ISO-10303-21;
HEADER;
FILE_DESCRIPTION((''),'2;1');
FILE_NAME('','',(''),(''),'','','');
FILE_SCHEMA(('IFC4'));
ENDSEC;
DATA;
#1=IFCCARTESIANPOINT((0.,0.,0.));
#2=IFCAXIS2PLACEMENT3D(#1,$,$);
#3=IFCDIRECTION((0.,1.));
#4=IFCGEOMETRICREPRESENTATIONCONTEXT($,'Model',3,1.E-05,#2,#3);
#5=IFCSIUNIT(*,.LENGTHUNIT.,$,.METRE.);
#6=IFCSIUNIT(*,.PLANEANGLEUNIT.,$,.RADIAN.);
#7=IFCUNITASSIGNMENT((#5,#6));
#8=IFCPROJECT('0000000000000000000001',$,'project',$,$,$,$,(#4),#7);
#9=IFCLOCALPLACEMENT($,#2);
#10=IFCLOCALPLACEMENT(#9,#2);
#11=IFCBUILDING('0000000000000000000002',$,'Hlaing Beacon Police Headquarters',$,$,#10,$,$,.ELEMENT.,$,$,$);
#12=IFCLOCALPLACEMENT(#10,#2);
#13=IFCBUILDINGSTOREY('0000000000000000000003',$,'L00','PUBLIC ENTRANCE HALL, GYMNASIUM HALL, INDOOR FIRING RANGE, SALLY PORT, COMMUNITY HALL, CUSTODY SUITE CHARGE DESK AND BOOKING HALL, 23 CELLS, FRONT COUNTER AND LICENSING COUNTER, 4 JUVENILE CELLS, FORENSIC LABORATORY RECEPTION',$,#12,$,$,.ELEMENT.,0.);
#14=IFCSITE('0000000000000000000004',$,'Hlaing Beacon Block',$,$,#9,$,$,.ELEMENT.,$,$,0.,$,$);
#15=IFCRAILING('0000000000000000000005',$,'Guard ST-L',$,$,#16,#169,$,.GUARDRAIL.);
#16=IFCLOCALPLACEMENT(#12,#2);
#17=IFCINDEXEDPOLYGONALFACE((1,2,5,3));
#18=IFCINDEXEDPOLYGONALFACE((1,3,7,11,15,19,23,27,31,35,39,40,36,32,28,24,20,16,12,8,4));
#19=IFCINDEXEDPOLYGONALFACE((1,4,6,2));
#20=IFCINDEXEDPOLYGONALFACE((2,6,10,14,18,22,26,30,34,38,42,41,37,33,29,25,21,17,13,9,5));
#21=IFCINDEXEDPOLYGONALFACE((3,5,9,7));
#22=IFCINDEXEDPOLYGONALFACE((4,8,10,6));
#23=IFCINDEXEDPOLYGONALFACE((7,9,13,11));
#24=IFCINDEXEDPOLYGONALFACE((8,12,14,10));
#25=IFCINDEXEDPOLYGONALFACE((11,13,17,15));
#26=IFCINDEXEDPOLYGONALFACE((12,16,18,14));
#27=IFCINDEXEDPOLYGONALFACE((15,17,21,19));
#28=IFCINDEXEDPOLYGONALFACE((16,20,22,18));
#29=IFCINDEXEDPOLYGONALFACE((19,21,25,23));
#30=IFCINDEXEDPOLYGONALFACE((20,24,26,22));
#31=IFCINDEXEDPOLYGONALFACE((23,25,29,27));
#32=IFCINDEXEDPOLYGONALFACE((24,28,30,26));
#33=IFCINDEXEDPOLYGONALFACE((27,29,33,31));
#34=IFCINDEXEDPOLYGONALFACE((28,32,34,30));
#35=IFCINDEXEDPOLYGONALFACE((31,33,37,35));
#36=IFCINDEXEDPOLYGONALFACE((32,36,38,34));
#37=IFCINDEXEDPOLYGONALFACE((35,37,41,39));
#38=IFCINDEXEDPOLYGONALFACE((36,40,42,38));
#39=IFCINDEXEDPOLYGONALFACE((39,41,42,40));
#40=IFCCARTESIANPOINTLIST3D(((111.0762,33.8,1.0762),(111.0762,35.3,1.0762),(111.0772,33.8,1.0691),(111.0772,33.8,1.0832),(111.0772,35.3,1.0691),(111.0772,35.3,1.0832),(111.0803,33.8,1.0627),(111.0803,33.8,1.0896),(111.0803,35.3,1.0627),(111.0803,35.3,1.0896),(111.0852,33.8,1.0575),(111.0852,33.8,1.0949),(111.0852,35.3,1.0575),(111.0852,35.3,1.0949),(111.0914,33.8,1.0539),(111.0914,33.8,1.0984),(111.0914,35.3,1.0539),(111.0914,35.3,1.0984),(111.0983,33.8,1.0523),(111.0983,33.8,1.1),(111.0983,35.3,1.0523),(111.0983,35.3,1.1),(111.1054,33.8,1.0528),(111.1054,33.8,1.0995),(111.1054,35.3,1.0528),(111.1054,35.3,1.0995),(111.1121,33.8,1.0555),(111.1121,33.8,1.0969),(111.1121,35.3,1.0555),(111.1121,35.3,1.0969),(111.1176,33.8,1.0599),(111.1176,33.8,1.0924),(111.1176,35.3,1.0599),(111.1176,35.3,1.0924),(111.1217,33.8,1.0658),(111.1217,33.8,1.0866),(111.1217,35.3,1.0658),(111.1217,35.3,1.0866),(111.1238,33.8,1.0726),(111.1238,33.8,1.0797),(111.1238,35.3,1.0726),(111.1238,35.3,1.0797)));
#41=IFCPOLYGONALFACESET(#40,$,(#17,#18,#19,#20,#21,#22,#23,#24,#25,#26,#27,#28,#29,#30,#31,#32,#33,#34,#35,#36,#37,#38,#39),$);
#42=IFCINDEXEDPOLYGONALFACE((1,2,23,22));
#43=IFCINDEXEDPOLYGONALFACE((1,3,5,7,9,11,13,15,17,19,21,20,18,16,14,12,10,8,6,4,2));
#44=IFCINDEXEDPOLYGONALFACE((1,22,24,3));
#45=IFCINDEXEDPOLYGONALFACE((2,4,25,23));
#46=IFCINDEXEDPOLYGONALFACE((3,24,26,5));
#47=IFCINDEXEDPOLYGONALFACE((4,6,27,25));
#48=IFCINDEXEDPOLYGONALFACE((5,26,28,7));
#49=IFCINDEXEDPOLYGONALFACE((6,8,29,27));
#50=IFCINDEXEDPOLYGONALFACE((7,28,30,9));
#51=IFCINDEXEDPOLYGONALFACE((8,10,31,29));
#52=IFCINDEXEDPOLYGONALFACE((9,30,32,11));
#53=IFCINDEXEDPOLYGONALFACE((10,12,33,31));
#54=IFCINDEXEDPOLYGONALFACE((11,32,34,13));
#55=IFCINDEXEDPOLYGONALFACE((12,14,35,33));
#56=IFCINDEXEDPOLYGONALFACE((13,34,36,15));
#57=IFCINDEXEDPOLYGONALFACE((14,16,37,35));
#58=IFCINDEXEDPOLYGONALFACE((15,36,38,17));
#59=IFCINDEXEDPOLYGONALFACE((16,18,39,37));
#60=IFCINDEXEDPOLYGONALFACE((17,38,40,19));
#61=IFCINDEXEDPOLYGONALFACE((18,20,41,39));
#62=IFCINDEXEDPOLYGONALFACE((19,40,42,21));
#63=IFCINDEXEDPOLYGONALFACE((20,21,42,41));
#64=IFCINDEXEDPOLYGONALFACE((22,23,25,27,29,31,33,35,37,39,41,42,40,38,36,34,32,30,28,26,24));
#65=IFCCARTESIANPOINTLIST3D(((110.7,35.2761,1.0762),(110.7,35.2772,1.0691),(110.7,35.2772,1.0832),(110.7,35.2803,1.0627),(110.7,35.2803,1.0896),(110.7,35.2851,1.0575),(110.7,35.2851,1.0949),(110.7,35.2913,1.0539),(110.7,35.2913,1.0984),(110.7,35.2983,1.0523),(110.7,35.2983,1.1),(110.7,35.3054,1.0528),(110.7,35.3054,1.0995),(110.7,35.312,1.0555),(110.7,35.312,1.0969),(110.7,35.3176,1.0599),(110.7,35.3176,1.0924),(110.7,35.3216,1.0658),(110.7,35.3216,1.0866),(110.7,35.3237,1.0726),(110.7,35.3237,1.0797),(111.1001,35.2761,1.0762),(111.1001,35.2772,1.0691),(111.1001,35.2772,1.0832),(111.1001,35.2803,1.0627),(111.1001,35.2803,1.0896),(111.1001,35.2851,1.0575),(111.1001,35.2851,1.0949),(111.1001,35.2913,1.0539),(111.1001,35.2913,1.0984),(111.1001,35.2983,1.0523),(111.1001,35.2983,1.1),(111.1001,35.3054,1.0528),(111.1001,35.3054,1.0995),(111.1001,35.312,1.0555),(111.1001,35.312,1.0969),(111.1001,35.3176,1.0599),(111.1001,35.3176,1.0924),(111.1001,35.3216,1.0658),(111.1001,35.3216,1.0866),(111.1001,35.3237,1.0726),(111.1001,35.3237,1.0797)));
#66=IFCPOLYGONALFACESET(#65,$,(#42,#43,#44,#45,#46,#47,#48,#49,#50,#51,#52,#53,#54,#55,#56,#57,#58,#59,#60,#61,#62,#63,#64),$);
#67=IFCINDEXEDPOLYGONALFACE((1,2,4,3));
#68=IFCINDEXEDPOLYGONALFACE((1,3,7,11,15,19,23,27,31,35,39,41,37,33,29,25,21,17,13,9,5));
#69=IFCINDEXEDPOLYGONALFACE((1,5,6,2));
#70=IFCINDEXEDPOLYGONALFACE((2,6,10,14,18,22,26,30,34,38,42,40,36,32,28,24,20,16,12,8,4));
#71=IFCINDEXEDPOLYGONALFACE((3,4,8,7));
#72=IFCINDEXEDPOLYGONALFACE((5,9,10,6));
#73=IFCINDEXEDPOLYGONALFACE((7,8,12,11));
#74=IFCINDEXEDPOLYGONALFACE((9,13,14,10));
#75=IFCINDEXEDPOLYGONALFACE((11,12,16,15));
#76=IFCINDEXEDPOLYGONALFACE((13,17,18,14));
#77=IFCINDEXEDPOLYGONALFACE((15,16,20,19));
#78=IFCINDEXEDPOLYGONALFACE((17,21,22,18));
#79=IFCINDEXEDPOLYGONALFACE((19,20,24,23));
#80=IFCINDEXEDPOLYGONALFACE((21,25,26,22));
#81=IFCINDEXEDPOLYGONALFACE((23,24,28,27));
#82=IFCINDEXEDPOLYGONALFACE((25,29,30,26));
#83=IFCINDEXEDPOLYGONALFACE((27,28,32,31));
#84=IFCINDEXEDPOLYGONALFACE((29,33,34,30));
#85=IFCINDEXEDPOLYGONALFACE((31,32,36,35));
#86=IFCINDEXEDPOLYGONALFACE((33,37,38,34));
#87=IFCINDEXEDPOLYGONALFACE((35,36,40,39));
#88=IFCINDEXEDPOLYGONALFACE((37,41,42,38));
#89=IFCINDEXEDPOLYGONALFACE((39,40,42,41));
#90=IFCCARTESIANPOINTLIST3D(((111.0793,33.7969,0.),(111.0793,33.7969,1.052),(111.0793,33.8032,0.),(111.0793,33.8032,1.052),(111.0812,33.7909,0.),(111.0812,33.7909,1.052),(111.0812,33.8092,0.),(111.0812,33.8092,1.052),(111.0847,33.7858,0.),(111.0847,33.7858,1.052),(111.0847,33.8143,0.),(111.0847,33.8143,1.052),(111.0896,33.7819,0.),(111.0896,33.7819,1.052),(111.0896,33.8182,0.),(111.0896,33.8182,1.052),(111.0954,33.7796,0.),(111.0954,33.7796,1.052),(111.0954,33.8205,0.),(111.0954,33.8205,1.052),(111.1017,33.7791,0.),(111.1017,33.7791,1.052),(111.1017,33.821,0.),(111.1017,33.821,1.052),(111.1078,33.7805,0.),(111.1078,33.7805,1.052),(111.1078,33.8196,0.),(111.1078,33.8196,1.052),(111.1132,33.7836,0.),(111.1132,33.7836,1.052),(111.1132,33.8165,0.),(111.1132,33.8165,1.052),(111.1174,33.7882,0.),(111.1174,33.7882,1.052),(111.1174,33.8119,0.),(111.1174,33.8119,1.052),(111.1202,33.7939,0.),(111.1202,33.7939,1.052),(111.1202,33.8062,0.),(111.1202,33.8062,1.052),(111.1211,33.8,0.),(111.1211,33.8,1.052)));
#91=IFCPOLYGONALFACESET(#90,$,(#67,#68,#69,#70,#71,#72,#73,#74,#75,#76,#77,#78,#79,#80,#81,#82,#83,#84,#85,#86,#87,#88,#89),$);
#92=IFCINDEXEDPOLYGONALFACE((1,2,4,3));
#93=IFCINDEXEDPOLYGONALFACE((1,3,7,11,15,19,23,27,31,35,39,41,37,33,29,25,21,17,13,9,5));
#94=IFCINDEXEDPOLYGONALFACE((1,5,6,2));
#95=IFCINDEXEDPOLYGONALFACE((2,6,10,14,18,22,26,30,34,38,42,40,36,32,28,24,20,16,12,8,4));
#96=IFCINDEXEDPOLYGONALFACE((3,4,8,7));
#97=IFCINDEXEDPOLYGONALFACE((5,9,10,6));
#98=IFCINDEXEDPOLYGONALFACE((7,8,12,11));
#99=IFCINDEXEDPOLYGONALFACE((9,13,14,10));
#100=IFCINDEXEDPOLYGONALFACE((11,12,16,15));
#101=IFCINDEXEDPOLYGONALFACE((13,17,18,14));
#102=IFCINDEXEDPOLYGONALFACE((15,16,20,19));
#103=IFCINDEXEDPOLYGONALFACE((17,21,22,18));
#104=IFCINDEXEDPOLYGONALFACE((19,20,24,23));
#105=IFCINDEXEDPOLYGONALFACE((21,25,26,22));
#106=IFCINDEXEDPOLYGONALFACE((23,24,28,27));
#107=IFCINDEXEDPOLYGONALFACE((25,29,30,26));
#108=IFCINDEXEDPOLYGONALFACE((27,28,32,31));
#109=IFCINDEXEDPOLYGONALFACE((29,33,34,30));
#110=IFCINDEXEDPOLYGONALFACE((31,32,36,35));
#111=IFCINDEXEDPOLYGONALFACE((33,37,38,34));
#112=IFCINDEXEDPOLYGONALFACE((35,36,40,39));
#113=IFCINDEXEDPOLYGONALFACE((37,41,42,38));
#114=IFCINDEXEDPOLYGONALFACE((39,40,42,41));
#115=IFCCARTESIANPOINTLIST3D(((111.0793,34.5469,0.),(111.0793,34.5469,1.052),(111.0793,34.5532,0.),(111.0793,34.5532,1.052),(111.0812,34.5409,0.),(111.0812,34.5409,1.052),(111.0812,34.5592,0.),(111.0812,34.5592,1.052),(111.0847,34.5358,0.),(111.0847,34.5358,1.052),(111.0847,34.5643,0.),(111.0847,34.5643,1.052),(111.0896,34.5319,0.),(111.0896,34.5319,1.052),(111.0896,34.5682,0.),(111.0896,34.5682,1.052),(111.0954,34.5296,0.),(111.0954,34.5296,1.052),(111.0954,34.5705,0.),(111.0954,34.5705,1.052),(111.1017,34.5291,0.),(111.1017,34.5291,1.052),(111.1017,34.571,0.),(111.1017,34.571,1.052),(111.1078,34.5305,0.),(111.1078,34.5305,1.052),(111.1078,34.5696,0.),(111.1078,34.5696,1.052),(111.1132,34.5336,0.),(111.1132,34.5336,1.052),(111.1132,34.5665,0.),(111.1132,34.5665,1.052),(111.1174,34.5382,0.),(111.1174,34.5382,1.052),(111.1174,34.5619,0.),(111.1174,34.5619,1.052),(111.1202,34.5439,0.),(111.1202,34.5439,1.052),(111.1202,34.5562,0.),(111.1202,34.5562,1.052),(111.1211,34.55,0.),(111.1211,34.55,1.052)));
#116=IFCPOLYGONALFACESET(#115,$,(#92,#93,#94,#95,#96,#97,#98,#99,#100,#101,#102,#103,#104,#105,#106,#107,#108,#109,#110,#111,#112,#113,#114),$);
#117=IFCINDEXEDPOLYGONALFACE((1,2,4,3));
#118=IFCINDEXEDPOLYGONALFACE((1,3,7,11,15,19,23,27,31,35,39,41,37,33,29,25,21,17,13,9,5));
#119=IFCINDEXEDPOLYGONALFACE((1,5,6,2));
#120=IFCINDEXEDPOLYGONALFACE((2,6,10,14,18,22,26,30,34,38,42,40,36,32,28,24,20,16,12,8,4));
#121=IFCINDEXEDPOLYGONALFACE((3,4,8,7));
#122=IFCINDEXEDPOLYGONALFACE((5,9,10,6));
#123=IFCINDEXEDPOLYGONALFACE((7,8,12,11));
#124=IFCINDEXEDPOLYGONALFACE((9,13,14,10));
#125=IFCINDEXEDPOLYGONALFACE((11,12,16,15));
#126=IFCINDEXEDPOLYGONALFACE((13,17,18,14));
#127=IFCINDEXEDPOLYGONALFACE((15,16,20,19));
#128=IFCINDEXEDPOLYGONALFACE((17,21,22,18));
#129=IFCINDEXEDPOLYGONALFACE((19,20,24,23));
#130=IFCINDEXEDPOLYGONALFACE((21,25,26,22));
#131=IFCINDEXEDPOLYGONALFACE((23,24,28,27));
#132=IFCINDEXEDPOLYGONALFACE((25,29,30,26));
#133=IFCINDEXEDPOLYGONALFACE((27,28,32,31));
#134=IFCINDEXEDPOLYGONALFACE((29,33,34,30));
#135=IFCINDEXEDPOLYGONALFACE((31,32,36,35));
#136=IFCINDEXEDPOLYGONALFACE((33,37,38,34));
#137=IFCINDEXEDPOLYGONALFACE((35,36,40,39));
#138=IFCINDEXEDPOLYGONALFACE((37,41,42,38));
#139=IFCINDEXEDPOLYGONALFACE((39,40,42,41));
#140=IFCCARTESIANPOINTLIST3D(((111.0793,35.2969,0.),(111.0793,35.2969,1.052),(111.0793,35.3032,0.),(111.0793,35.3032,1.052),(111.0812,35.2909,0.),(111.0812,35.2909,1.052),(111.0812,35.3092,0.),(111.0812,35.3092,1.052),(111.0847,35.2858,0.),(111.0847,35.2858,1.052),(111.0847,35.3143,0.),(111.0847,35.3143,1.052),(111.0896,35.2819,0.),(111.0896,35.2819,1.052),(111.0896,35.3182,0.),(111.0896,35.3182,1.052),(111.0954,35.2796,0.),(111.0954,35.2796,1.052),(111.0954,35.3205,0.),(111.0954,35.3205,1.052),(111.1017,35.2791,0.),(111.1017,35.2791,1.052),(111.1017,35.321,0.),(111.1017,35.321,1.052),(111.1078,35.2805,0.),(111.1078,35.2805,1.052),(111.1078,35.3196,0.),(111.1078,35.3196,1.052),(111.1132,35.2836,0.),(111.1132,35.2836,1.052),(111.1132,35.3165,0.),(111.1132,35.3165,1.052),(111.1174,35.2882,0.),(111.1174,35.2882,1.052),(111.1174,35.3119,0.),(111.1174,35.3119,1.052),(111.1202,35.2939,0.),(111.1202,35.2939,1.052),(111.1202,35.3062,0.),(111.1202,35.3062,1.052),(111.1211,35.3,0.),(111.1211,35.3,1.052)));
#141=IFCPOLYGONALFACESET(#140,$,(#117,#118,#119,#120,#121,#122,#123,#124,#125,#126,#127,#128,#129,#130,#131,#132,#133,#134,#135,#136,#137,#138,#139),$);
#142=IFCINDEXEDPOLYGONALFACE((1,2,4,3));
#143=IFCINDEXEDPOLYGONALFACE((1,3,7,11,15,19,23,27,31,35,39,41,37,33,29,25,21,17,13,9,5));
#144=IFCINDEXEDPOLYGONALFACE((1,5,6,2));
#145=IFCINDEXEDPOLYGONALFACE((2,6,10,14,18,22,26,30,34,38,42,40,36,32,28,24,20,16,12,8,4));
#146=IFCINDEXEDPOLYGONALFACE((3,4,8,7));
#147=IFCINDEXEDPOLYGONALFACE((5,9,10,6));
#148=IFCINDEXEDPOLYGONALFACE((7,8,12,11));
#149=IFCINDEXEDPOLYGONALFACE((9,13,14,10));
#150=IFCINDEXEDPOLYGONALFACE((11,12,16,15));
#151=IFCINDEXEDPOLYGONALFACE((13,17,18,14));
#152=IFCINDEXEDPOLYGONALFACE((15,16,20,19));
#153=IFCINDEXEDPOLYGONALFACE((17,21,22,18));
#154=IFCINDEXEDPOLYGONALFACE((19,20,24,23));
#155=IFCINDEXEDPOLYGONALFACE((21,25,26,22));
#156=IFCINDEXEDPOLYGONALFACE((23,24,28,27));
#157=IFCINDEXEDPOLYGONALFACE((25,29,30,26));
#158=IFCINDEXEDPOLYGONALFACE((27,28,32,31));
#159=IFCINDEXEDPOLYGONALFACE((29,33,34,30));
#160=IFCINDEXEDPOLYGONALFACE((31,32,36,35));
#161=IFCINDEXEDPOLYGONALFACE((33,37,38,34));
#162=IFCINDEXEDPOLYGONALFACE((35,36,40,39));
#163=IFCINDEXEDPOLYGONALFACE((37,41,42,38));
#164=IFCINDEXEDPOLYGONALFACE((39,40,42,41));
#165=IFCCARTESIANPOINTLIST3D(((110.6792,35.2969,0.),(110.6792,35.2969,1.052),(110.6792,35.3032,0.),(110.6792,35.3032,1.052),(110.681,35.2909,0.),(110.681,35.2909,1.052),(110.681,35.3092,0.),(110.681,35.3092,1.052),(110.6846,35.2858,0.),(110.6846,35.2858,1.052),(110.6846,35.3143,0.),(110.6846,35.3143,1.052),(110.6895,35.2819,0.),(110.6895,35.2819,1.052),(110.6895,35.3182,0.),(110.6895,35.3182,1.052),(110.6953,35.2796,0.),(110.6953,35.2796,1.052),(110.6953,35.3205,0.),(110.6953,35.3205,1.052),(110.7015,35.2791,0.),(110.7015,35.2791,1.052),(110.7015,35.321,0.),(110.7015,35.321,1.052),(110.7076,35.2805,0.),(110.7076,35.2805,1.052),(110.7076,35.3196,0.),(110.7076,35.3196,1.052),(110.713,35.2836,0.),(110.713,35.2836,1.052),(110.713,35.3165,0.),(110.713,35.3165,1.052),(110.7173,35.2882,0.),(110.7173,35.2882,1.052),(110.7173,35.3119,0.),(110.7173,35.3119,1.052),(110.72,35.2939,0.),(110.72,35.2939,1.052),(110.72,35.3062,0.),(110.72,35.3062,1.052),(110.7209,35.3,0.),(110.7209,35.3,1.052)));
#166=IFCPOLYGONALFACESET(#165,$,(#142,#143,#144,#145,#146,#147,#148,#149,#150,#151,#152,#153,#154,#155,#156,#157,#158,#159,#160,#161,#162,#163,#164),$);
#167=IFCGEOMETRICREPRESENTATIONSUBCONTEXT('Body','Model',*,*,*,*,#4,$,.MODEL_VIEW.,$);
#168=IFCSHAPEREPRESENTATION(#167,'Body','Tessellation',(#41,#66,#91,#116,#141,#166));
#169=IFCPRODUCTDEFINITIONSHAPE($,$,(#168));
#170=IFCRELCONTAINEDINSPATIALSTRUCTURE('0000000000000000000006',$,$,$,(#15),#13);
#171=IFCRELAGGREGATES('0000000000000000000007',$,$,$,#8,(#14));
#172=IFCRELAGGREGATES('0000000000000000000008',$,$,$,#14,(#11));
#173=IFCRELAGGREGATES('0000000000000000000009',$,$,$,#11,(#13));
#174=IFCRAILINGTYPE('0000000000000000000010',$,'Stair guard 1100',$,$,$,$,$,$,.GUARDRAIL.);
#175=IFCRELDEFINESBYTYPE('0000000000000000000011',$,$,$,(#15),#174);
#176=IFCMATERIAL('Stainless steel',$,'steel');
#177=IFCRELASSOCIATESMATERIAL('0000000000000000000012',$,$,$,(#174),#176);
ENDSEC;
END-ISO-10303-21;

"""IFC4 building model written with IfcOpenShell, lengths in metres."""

from ifc_helpers import new_model, si_unit, direction, frame, origin, origin_2d, place, context, subcontext, project, spatial, circle, extrude, material, type_object, element, save


model = new_model("IFC4")

# Units and contexts
model_context = context("Model", 3, precision=1e-05, world=origin(), true_north=direction((0.0, 1.0)))
body_context = subcontext(model_context, "Body", "Model", "MODEL_VIEW")
ifc_project = project(units=[si_unit("LENGTHUNIT", "METRE"), si_unit("PLANEANGLEUNIT", "RADIAN")], contexts=[model_context])

# Site, building, storey
site_placement = place(None, origin())
site = spatial("IfcSite", under=ifc_project, at=site_placement, Name="Hlaing Beacon Block", CompositionType="ELEMENT", RefElevation=0.0)
building_placement = place(site_placement, origin())
building = spatial("IfcBuilding", under=site, at=building_placement, Name="Hlaing Beacon Police Headquarters", CompositionType="ELEMENT")
storey_placement = place(building_placement, origin())
storey = spatial("IfcBuildingStorey", under=building, at=storey_placement, Name="L00", Description="PUBLIC ENTRANCE HALL, GYMNASIUM HALL, INDOOR FIRING RANGE, SALLY PORT, COMMUNITY HALL, CUSTODY SUITE CHARGE DESK AND BOOKING HALL, 23 CELLS, FRONT COUNTER AND LICENSING COUNTER, 4 JUVENILE CELLS, FORENSIC LABORATORY RECEPTION", CompositionType="ELEMENT", Elevation=0.0)

# Railing
ifc_material_1 = material(Name="Stainless steel", Category="steel")
railing_type_1 = type_object("IfcRailingType", Name="Stair guard 1100", PredefinedType="GUARDRAIL", material=ifc_material_1)
railing_placement = place(storey_placement, frame((111.1001, 33.8, 0.0)))
element("IfcRailing", 1, at=railing_placement, inside=storey, type_object=railing_type_1, Name="Guard ST-L", PredefinedType="GUARDRAIL", context=body_context, shape_type="SweptSolid", body=[
    extrude(circle(Radius=0.0239, at=origin_2d()), frame((0.0, 0.0, 1.0762), z_axis=(0.0, 1.0, 0.0), x_axis=(-1.0, 0.0, 0.0)), (0.0, 0.0, 1.0), 1.5),
    extrude(circle(Radius=0.0239, at=origin_2d()), frame((0.0, 1.5, 1.0762), z_axis=(-1.0, 0.0, 0.0), x_axis=(0.0, -1.0, 0.0)), (0.0, 0.0, 1.0), 0.4001),
    extrude(circle(Radius=0.021, at=origin_2d()), origin(), (0.0, 0.0, 1.0), 1.052),
    extrude(circle(Radius=0.021, at=origin_2d()), frame((0.0, 0.75, 0.0)), (0.0, 0.0, 1.0), 1.052),
    extrude(circle(Radius=0.021, at=origin_2d()), frame((0.0, 1.5, 0.0)), (0.0, 0.0, 1.0), 1.052),
    extrude(circle(Radius=0.021, at=origin_2d()), frame((-0.4001, 1.5, 0.0)), (0.0, 0.0, 1.0), 1.052),
])

save(model, "model.ifc")
